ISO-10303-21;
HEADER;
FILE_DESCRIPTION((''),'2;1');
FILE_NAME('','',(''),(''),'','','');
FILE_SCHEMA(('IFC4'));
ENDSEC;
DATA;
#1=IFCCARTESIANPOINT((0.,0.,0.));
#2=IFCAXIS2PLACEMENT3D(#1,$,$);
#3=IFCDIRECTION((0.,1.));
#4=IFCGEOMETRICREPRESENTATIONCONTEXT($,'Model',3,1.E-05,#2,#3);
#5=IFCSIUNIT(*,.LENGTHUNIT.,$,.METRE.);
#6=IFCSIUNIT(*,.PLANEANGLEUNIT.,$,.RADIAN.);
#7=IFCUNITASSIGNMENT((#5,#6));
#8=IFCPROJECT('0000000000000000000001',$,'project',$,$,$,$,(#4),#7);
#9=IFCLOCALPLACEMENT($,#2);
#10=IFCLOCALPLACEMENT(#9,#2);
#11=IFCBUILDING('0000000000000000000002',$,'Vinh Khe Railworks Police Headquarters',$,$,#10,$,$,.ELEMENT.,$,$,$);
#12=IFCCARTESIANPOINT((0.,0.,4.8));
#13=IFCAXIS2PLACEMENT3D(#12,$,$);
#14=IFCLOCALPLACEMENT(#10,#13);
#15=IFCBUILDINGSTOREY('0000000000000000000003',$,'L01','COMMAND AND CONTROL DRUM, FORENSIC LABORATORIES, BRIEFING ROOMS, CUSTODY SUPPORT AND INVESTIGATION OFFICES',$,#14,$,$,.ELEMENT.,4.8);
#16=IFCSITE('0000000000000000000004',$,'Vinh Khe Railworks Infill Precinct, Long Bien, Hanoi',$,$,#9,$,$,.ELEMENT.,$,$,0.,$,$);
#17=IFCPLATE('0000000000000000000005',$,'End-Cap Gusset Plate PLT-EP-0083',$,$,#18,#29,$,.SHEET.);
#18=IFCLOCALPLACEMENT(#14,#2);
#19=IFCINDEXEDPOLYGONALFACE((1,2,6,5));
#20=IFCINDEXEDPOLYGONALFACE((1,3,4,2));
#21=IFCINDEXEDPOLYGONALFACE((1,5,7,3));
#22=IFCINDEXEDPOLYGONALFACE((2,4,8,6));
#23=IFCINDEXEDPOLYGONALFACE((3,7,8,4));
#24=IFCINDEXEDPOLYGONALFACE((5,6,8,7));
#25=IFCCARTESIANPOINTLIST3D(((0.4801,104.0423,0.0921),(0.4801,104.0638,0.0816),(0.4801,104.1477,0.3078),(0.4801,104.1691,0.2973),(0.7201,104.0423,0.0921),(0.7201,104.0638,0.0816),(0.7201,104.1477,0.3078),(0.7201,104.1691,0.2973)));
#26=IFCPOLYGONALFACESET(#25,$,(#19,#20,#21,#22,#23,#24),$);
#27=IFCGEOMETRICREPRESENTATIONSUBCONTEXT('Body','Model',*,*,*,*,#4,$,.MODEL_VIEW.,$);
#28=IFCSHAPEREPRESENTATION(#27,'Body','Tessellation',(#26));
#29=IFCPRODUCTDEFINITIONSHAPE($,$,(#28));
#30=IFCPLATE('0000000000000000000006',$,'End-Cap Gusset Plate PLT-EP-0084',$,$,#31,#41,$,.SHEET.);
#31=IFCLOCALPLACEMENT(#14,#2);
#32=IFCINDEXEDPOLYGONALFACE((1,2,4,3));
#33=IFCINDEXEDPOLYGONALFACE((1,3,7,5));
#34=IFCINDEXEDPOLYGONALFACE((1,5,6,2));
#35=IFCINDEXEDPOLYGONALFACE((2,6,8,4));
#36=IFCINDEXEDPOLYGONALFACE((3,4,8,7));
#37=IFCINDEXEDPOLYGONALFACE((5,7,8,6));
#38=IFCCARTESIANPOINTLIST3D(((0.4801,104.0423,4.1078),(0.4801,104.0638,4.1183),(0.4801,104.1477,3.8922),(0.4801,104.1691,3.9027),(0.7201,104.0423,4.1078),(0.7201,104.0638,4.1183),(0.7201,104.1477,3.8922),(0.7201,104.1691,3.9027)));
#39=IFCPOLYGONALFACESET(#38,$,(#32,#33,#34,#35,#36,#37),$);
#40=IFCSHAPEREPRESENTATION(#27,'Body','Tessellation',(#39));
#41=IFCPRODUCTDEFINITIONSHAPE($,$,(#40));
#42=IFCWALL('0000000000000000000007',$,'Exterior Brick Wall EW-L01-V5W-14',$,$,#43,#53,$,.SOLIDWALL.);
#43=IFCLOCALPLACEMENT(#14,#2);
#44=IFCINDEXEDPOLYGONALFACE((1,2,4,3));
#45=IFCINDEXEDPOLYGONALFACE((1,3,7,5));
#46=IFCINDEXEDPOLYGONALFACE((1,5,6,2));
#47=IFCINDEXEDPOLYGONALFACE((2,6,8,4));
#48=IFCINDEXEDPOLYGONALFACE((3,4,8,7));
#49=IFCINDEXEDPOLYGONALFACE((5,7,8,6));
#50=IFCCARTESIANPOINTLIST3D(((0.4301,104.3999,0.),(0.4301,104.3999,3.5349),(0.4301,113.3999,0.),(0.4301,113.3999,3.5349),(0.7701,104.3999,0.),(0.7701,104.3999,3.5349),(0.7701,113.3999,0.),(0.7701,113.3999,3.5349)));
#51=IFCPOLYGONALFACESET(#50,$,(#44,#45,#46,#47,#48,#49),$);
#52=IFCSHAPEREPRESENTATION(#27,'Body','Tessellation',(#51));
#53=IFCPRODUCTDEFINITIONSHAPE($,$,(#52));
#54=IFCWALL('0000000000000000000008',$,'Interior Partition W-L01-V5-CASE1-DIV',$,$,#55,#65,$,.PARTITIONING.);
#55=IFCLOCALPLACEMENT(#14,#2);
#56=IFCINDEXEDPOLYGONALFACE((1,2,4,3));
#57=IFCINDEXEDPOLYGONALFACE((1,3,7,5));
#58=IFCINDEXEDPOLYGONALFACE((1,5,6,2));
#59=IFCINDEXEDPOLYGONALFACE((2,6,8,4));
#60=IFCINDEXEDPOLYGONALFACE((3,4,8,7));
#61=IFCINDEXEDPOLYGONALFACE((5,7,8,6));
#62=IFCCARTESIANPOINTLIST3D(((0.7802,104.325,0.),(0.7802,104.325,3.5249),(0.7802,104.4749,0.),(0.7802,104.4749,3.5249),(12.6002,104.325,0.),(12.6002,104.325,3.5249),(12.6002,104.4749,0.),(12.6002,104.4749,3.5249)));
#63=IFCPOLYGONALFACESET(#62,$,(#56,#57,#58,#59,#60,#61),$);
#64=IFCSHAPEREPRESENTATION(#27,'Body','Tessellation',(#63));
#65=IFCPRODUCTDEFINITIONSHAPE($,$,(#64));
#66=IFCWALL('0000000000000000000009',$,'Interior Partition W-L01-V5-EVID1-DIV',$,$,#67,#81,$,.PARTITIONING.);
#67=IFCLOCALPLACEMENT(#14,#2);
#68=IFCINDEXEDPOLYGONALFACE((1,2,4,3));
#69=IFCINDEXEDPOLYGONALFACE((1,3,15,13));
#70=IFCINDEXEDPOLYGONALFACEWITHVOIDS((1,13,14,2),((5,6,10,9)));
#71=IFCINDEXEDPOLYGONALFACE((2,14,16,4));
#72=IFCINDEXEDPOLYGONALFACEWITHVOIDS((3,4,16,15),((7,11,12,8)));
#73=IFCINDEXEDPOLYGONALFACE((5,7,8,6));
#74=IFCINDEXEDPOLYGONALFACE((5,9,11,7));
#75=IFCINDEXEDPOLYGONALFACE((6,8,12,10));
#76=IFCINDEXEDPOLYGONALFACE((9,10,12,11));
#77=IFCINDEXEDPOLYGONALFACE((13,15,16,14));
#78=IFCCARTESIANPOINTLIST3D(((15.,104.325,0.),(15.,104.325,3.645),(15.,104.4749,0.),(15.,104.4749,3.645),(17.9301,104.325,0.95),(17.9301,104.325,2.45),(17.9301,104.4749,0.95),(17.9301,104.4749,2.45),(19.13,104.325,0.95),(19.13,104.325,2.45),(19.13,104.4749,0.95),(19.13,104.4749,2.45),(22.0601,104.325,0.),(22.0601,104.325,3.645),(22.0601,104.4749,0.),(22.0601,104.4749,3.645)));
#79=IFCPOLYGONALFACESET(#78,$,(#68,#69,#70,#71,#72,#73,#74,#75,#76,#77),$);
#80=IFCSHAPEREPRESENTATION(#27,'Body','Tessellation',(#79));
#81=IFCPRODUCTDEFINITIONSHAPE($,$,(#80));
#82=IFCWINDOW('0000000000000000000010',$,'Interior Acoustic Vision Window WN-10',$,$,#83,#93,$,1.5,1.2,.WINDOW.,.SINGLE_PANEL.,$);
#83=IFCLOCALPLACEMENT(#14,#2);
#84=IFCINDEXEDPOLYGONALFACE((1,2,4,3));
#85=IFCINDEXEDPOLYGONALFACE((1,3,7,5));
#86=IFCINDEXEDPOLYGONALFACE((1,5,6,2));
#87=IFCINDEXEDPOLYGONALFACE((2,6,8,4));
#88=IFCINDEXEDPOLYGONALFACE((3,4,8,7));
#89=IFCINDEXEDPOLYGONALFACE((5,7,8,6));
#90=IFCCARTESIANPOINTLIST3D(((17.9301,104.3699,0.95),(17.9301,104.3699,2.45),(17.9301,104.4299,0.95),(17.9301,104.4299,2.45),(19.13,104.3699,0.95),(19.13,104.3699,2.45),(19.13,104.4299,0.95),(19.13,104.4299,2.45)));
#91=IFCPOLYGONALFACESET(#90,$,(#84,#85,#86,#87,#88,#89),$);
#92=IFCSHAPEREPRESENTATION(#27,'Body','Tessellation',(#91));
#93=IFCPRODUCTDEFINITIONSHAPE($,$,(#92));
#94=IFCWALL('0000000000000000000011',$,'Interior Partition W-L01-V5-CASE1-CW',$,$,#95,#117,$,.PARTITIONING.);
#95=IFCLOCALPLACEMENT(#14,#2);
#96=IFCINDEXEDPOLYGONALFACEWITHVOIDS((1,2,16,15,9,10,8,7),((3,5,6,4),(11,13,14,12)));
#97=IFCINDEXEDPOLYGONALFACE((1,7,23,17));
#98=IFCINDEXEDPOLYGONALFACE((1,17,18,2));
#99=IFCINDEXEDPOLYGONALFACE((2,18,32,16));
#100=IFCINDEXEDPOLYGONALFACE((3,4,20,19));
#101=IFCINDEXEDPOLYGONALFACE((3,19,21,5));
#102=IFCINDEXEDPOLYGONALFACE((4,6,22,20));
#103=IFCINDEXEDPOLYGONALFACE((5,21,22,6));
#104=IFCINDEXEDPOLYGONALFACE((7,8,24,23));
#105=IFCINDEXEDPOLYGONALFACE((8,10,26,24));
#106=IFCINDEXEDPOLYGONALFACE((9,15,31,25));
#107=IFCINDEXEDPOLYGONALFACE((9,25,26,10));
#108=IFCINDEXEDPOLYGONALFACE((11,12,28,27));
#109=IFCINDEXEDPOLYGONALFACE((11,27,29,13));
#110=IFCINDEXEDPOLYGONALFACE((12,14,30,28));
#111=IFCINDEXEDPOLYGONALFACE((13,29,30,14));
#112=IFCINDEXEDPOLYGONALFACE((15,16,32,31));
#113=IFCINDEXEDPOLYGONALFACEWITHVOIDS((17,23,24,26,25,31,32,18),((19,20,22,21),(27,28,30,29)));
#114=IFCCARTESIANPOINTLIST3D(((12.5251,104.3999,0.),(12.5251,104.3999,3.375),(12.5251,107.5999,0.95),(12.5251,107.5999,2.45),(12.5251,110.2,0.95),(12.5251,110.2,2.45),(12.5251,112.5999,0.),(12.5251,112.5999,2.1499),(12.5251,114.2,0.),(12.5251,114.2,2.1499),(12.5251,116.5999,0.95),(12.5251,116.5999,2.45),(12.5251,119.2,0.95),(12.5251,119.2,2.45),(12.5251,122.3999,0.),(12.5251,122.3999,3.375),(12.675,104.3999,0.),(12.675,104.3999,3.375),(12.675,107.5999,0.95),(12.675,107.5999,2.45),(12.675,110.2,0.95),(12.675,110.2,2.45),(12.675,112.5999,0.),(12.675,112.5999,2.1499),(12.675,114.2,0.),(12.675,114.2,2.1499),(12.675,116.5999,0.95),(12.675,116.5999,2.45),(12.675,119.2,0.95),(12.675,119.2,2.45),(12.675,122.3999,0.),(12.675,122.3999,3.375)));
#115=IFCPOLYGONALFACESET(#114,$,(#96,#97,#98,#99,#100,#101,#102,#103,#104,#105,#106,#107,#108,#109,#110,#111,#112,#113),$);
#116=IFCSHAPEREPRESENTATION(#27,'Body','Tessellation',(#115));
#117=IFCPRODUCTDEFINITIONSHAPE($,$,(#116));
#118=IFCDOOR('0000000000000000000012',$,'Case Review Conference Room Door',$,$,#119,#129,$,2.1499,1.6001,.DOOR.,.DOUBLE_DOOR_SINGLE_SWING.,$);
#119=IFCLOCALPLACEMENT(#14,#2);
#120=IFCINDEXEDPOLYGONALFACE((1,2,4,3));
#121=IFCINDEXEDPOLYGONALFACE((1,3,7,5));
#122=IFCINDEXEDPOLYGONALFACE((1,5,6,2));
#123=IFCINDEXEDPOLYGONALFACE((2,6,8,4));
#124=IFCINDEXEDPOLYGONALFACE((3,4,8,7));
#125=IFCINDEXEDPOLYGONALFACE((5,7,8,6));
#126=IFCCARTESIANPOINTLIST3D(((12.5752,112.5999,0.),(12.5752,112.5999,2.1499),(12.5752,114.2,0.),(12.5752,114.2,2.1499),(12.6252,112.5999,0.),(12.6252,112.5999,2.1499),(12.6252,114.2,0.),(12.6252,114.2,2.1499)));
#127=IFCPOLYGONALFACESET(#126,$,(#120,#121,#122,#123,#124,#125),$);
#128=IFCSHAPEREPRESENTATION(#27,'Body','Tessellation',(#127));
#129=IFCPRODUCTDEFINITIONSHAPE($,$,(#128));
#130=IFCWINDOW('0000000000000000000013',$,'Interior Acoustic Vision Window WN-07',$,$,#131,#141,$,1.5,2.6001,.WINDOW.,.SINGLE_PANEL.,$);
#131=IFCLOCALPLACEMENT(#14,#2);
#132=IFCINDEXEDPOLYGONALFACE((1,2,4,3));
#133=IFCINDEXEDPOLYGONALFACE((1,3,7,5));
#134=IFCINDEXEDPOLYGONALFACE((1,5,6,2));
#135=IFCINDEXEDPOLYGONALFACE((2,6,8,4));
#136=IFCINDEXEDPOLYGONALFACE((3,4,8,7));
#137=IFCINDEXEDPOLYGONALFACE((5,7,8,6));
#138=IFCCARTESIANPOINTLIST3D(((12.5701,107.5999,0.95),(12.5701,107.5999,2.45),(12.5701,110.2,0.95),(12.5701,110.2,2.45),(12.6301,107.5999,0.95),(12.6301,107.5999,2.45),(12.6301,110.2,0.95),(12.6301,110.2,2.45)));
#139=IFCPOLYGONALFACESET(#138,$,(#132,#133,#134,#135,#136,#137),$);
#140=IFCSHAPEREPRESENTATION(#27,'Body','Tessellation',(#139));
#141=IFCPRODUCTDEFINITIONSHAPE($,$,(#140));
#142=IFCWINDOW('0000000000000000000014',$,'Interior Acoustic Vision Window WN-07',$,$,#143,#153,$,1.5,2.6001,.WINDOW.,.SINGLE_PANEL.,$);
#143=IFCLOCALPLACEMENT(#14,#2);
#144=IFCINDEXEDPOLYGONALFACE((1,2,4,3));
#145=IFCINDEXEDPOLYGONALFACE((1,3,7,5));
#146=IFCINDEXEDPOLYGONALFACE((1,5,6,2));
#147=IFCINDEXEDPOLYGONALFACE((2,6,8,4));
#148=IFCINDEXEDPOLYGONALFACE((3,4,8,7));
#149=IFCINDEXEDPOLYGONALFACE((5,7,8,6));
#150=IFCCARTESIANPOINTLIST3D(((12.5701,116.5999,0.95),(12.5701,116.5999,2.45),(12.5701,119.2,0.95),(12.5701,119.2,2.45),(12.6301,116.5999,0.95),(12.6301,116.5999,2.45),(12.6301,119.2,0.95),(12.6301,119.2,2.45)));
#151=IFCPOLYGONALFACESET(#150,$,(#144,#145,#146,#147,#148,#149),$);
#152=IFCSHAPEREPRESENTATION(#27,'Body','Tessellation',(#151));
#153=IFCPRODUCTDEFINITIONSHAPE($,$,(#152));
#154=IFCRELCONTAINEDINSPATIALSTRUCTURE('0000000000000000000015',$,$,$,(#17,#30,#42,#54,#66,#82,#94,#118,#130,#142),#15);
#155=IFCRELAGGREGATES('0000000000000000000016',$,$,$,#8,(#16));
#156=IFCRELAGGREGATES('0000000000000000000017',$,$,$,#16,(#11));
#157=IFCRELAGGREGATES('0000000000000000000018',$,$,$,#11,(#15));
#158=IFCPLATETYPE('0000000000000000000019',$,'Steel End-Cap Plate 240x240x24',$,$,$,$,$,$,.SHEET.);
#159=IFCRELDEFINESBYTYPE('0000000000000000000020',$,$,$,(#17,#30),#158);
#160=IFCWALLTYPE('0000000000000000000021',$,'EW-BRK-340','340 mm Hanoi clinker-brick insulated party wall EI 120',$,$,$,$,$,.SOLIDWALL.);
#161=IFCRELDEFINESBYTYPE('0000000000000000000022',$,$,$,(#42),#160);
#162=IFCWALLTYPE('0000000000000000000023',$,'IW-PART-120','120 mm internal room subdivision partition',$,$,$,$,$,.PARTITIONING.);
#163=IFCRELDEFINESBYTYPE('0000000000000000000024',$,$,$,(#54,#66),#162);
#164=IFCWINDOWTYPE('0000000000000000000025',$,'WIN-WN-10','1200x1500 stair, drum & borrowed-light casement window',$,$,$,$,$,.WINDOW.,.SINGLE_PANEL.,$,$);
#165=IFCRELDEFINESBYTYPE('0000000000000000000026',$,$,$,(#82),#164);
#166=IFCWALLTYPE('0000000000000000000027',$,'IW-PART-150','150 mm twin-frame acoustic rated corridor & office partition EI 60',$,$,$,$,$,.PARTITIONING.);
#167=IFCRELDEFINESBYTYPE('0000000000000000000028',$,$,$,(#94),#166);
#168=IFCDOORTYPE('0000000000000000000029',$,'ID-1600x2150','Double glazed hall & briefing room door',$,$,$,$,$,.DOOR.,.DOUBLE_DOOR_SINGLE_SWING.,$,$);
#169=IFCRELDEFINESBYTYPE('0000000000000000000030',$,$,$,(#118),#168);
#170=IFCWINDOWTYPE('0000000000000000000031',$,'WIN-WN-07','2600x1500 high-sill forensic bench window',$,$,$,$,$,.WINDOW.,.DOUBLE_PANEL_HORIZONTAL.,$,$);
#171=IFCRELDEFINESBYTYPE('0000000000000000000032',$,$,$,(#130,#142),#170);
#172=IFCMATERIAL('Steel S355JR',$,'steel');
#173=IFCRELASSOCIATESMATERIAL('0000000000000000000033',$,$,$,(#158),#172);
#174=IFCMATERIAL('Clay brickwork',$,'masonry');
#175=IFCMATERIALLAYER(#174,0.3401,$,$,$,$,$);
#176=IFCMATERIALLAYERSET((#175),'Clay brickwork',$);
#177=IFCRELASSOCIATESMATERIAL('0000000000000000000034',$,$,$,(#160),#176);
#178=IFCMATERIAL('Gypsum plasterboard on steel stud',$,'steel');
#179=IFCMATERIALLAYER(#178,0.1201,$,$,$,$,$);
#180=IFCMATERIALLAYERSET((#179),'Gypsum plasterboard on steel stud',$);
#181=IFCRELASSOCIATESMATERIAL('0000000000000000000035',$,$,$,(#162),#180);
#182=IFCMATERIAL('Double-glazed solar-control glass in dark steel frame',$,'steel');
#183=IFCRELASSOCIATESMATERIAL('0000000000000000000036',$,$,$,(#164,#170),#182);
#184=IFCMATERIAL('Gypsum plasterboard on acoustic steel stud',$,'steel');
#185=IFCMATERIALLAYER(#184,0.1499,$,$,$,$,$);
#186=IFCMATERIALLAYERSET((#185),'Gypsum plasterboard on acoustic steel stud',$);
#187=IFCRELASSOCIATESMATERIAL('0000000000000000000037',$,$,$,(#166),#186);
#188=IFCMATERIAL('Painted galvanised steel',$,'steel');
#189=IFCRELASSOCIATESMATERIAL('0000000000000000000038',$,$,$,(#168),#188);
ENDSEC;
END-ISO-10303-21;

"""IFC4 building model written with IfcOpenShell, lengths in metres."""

from ifc_helpers import new_model, si_unit, direction, frame, frame_2d, origin, origin_2d, place, context, subcontext, project, spatial, rectangle, extrude, material, layer, layer_set, material_profile, profile_set, type_object, element, fill, save


model = new_model("IFC4")

# Units and contexts
model_context = context("Model", 3, precision=1e-05, world=origin(), true_north=direction((0.0, 1.0)))
body_context = subcontext(model_context, "Body", "Model", "MODEL_VIEW")
ifc_project = project(units=[si_unit("LENGTHUNIT", "METRE"), si_unit("PLANEANGLEUNIT", "RADIAN")], contexts=[model_context])

# Site, building, storey
site_placement = place(None, origin())
site = spatial("IfcSite", under=ifc_project, at=site_placement, Name="Vinh Khe Railworks Infill Precinct, Long Bien, Hanoi", CompositionType="ELEMENT", RefElevation=0.0)
building_placement = place(site_placement, origin())
building = spatial("IfcBuilding", under=site, at=building_placement, Name="Vinh Khe Railworks Police Headquarters", CompositionType="ELEMENT")
storey_placement = place(building_placement, frame((0.0, 0.0, 4.8)))
storey = spatial("IfcBuildingStorey", under=building, at=storey_placement, Name="L01", Description="COMMAND AND CONTROL DRUM, FORENSIC LABORATORIES, BRIEFING ROOMS, CUSTODY SUPPORT AND INVESTIGATION OFFICES", CompositionType="ELEMENT", Elevation=4.8)

# Shared definitions
ifc_material_1 = material(Name="Steel S355JR", Category="steel")

# Plates
ifc_material_profile_1 = material_profile(ifc_material_1, rectangle(XDim=0.24, YDim=0.24, at=origin_2d()), Name="PL 240x240")
ifc_profile_set_1 = profile_set([ifc_material_profile_1], Name="Steel S355JR")
plate_type = type_object("IfcPlateType", Name="Steel End-Cap Plate 240x240x24", PredefinedType="SHEET", material=ifc_profile_set_1)
for number, where, z_axis, x_axis, name in (
    (1, (0.6001, 104.095, 0.2), (0.0, 0.898474, -0.439027), (-1.0, 0.0, 0.0), "End-Cap Gusset Plate PLT-EP-0083"),
    (2, (0.6001, 104.095, 4.0), (0.0, 0.898474, 0.439027), (-1.0, 0.0, 0.0), "End-Cap Gusset Plate PLT-EP-0084"),
):
    element("IfcPlate", number, at=place(storey_placement, frame(where, z_axis=z_axis, x_axis=x_axis)), inside=storey, type_object=plate_type, Name=name, PredefinedType="SHEET", context=body_context, shape_type="SweptSolid", body=[
        extrude(rectangle(XDim=0.24, YDim=0.24, at=origin_2d()), origin(), (0.0, 0.0, 1.0), 0.0239),
    ])

# Walls
ifc_material_2 = material(Name="Clay brickwork", Category="masonry")
ifc_layer_1 = layer(ifc_material_2, 0.3401)
ifc_layer_set_1 = layer_set([ifc_layer_1], Name="Clay brickwork")
wall_type_1 = type_object("IfcWallType", Name="EW-BRK-340", Description="340 mm Hanoi clinker-brick insulated party wall EI 120", PredefinedType="SOLIDWALL", material=ifc_layer_set_1)
wall_1_placement = place(storey_placement, frame((0.6001, 104.3999, 0.0), z_axis=(0.0, 0.0, 1.0), x_axis=(0.0, 1.0, 0.0)))
element("IfcWall", 3, at=wall_1_placement, inside=storey, type_object=wall_type_1, Name="Exterior Brick Wall EW-L01-V5W-14", PredefinedType="SOLIDWALL", context=body_context, shape_type="SweptSolid", body=[
    extrude(rectangle(XDim=9.0, YDim=0.3401, at=frame_2d((4.5, 0.0))), origin(), (0.0, 0.0, 1.0), 3.5349),
])
ifc_material_3 = material(Name="Gypsum plasterboard on steel stud", Category="steel")
ifc_layer_2 = layer(ifc_material_3, 0.1201)
ifc_layer_set_2 = layer_set([ifc_layer_2], Name="Gypsum plasterboard on steel stud")
wall_type_2 = type_object("IfcWallType", Name="IW-PART-120", Description="120 mm internal room subdivision partition", PredefinedType="PARTITIONING", material=ifc_layer_set_2)
wall_2_placement = place(storey_placement, frame((0.78, 104.3999, 0.0), z_axis=(0.0, 0.0, 1.0), x_axis=(1.0, 0.0, 0.0)))
element("IfcWall", 4, at=wall_2_placement, inside=storey, type_object=wall_type_2, Name="Interior Partition W-L01-V5-CASE1-DIV", PredefinedType="PARTITIONING", context=body_context, shape_type="SweptSolid", body=[
    extrude(rectangle(XDim=11.8201, YDim=0.1499, at=frame_2d((5.9102, 0.0))), origin(), (0.0, 0.0, 1.0), 3.5249),
])

# Wall, opening, window
wall_3_placement = place(storey_placement, frame((15.0, 104.3999, 0.0), z_axis=(0.0, 0.0, 1.0), x_axis=(1.0, 0.0, 0.0)))
wall_3 = element("IfcWall", 5, at=wall_3_placement, inside=storey, type_object=wall_type_2, Name="Interior Partition W-L01-V5-EVID1-DIV", PredefinedType="PARTITIONING", context=body_context, shape_type="SweptSolid", body=[
    extrude(rectangle(XDim=7.0601, YDim=0.1499, at=frame_2d((3.53, 0.0))), origin(), (0.0, 0.0, 1.0), 3.645),
])
opening_1_placement = place(wall_3_placement, frame((2.9299, 0.0, 0.95)))
opening_1 = element("IfcOpeningElement", 6, at=opening_1_placement, cuts=wall_3, PredefinedType="OPENING", context=body_context, shape_type="SweptSolid", body=[
    extrude(rectangle(XDim=1.2, YDim=1.5, at=frame_2d((0.6001, 0.75))), frame((0.0, 0.0898, 0.0), z_axis=(0.0, -1.0, 0.0), x_axis=(1.0, 0.0, 0.0)), (0.0, 0.0, 1.0), 0.1797),
])
ifc_material_4 = material(Name="Double-glazed solar-control glass in dark steel frame", Category="steel")
window_type_1 = type_object("IfcWindowType", Name="WIN-WN-10", Description="1200x1500 stair, drum & borrowed-light casement window", PartitioningType="SINGLE_PANEL", PredefinedType="WINDOW", material=ifc_material_4)
window_1_placement = place(opening_1_placement, origin())
window_1 = element("IfcWindow", 7, at=window_1_placement, inside=storey, type_object=window_type_1, Name="Interior Acoustic Vision Window WN-10", OverallHeight=1.5, OverallWidth=1.2, PartitioningType="SINGLE_PANEL", PredefinedType="WINDOW", context=body_context, shape_type="SweptSolid", body=[
    extrude(rectangle(XDim=1.2, YDim=1.5, at=frame_2d((0.6001, 0.75))), frame((0.0, 0.03, 0.0), z_axis=(0.0, -1.0, 0.0), x_axis=(1.0, 0.0, 0.0)), (0.0, 0.0, 1.0), 0.0601),
])
fill(opening_1, window_1)

# Wall, openings, door, windows
ifc_material_5 = material(Name="Gypsum plasterboard on acoustic steel stud", Category="steel")
ifc_layer_3 = layer(ifc_material_5, 0.1499)
ifc_layer_set_3 = layer_set([ifc_layer_3], Name="Gypsum plasterboard on acoustic steel stud")
wall_type_3 = type_object("IfcWallType", Name="IW-PART-150", Description="150 mm twin-frame acoustic rated corridor & office partition EI 60", PredefinedType="PARTITIONING", material=ifc_layer_set_3)
wall_4_placement = place(storey_placement, frame((12.6001, 104.3999, 0.0), z_axis=(0.0, 0.0, 1.0), x_axis=(0.0, 1.0, 0.0)))
wall_4 = element("IfcWall", 8, at=wall_4_placement, inside=storey, type_object=wall_type_3, Name="Interior Partition W-L01-V5-CASE1-CW", PredefinedType="PARTITIONING", context=body_context, shape_type="SweptSolid", body=[
    extrude(rectangle(XDim=18.0, YDim=0.1499, at=frame_2d((9.0, 0.0))), origin(), (0.0, 0.0, 1.0), 3.375),
])
opening_2_placement = place(wall_4_placement, frame((8.2, 0.0, 0.0)))
opening_2 = element("IfcOpeningElement", 9, at=opening_2_placement, cuts=wall_4, PredefinedType="OPENING", context=body_context, shape_type="SweptSolid", body=[
    extrude(rectangle(XDim=1.6001, YDim=2.1499, at=frame_2d((0.8, 1.075))), frame((0.0, 0.0898, 0.0), z_axis=(0.0, -1.0, 0.0), x_axis=(1.0, 0.0, 0.0)), (0.0, 0.0, 1.0), 0.1797),
])
opening_3_placement = place(wall_4_placement, frame((3.2, 0.0, 0.95)))
opening_3 = element("IfcOpeningElement", 10, at=opening_3_placement, cuts=wall_4, PredefinedType="OPENING", context=body_context, shape_type="SweptSolid", body=[
    extrude(rectangle(XDim=2.6001, YDim=1.5, at=frame_2d((1.3, 0.75))), frame((0.0, 0.0898, 0.0), z_axis=(0.0, -1.0, 0.0), x_axis=(1.0, 0.0, 0.0)), (0.0, 0.0, 1.0), 0.1797),
])
opening_4_placement = place(wall_4_placement, frame((12.2, 0.0, 0.95)))
opening_4 = element("IfcOpeningElement", 11, at=opening_4_placement, cuts=wall_4, PredefinedType="OPENING", context=body_context, shape_type="SweptSolid", body=[
    extrude(rectangle(XDim=2.6001, YDim=1.5, at=frame_2d((1.3, 0.75))), frame((0.0, 0.0898, 0.0), z_axis=(0.0, -1.0, 0.0), x_axis=(1.0, 0.0, 0.0)), (0.0, 0.0, 1.0), 0.1797),
])
ifc_material_6 = material(Name="Painted galvanised steel", Category="steel")
door_type_1 = type_object("IfcDoorType", Name="ID-1600x2150", Description="Double glazed hall & briefing room door", OperationType="DOUBLE_DOOR_SINGLE_SWING", PredefinedType="DOOR", material=ifc_material_6)
door_1_placement = place(opening_2_placement, origin())
door_1 = element("IfcDoor", 12, at=door_1_placement, inside=storey, type_object=door_type_1, Name="Case Review Conference Room Door", OperationType="DOUBLE_DOOR_SINGLE_SWING", OverallHeight=2.1499, OverallWidth=1.6001, PredefinedType="DOOR", context=body_context, shape_type="SweptSolid", body=[
    extrude(rectangle(XDim=1.6001, YDim=2.1499, at=frame_2d((0.8, 1.075))), frame((0.0, 0.0249, 0.0), z_axis=(0.0, -1.0, 0.0), x_axis=(1.0, 0.0, 0.0)), (0.0, 0.0, 1.0), 0.05),
])
fill(opening_2, door_1)
window_type_2 = type_object("IfcWindowType", Name="WIN-WN-07", Description="2600x1500 high-sill forensic bench window", PartitioningType="DOUBLE_PANEL_HORIZONTAL", PredefinedType="WINDOW", material=ifc_material_4)
window_2_placement = place(opening_3_placement, origin())
window_2 = element("IfcWindow", 13, at=window_2_placement, inside=storey, type_object=window_type_2, Name="Interior Acoustic Vision Window WN-07", OverallHeight=1.5, OverallWidth=2.6001, PartitioningType="SINGLE_PANEL", PredefinedType="WINDOW", context=body_context, shape_type="SweptSolid", body=[
    extrude(rectangle(XDim=2.6001, YDim=1.5, at=frame_2d((1.3, 0.75))), frame((0.0, 0.03, 0.0), z_axis=(0.0, -1.0, 0.0), x_axis=(1.0, 0.0, 0.0)), (0.0, 0.0, 1.0), 0.0601),
])
fill(opening_3, window_2)
window_3_placement = place(opening_4_placement, origin())
window_3 = element("IfcWindow", 14, at=window_3_placement, inside=storey, type_object=window_type_2, Name="Interior Acoustic Vision Window WN-07", OverallHeight=1.5, OverallWidth=2.6001, PartitioningType="SINGLE_PANEL", PredefinedType="WINDOW", context=body_context, shape_type="SweptSolid", body=[
    extrude(rectangle(XDim=2.6001, YDim=1.5, at=frame_2d((1.3, 0.75))), frame((0.0, 0.03, 0.0), z_axis=(0.0, -1.0, 0.0), x_axis=(1.0, 0.0, 0.0)), (0.0, 0.0, 1.0), 0.0601),
])
fill(opening_4, window_3)

save(model, "model.ifc")
